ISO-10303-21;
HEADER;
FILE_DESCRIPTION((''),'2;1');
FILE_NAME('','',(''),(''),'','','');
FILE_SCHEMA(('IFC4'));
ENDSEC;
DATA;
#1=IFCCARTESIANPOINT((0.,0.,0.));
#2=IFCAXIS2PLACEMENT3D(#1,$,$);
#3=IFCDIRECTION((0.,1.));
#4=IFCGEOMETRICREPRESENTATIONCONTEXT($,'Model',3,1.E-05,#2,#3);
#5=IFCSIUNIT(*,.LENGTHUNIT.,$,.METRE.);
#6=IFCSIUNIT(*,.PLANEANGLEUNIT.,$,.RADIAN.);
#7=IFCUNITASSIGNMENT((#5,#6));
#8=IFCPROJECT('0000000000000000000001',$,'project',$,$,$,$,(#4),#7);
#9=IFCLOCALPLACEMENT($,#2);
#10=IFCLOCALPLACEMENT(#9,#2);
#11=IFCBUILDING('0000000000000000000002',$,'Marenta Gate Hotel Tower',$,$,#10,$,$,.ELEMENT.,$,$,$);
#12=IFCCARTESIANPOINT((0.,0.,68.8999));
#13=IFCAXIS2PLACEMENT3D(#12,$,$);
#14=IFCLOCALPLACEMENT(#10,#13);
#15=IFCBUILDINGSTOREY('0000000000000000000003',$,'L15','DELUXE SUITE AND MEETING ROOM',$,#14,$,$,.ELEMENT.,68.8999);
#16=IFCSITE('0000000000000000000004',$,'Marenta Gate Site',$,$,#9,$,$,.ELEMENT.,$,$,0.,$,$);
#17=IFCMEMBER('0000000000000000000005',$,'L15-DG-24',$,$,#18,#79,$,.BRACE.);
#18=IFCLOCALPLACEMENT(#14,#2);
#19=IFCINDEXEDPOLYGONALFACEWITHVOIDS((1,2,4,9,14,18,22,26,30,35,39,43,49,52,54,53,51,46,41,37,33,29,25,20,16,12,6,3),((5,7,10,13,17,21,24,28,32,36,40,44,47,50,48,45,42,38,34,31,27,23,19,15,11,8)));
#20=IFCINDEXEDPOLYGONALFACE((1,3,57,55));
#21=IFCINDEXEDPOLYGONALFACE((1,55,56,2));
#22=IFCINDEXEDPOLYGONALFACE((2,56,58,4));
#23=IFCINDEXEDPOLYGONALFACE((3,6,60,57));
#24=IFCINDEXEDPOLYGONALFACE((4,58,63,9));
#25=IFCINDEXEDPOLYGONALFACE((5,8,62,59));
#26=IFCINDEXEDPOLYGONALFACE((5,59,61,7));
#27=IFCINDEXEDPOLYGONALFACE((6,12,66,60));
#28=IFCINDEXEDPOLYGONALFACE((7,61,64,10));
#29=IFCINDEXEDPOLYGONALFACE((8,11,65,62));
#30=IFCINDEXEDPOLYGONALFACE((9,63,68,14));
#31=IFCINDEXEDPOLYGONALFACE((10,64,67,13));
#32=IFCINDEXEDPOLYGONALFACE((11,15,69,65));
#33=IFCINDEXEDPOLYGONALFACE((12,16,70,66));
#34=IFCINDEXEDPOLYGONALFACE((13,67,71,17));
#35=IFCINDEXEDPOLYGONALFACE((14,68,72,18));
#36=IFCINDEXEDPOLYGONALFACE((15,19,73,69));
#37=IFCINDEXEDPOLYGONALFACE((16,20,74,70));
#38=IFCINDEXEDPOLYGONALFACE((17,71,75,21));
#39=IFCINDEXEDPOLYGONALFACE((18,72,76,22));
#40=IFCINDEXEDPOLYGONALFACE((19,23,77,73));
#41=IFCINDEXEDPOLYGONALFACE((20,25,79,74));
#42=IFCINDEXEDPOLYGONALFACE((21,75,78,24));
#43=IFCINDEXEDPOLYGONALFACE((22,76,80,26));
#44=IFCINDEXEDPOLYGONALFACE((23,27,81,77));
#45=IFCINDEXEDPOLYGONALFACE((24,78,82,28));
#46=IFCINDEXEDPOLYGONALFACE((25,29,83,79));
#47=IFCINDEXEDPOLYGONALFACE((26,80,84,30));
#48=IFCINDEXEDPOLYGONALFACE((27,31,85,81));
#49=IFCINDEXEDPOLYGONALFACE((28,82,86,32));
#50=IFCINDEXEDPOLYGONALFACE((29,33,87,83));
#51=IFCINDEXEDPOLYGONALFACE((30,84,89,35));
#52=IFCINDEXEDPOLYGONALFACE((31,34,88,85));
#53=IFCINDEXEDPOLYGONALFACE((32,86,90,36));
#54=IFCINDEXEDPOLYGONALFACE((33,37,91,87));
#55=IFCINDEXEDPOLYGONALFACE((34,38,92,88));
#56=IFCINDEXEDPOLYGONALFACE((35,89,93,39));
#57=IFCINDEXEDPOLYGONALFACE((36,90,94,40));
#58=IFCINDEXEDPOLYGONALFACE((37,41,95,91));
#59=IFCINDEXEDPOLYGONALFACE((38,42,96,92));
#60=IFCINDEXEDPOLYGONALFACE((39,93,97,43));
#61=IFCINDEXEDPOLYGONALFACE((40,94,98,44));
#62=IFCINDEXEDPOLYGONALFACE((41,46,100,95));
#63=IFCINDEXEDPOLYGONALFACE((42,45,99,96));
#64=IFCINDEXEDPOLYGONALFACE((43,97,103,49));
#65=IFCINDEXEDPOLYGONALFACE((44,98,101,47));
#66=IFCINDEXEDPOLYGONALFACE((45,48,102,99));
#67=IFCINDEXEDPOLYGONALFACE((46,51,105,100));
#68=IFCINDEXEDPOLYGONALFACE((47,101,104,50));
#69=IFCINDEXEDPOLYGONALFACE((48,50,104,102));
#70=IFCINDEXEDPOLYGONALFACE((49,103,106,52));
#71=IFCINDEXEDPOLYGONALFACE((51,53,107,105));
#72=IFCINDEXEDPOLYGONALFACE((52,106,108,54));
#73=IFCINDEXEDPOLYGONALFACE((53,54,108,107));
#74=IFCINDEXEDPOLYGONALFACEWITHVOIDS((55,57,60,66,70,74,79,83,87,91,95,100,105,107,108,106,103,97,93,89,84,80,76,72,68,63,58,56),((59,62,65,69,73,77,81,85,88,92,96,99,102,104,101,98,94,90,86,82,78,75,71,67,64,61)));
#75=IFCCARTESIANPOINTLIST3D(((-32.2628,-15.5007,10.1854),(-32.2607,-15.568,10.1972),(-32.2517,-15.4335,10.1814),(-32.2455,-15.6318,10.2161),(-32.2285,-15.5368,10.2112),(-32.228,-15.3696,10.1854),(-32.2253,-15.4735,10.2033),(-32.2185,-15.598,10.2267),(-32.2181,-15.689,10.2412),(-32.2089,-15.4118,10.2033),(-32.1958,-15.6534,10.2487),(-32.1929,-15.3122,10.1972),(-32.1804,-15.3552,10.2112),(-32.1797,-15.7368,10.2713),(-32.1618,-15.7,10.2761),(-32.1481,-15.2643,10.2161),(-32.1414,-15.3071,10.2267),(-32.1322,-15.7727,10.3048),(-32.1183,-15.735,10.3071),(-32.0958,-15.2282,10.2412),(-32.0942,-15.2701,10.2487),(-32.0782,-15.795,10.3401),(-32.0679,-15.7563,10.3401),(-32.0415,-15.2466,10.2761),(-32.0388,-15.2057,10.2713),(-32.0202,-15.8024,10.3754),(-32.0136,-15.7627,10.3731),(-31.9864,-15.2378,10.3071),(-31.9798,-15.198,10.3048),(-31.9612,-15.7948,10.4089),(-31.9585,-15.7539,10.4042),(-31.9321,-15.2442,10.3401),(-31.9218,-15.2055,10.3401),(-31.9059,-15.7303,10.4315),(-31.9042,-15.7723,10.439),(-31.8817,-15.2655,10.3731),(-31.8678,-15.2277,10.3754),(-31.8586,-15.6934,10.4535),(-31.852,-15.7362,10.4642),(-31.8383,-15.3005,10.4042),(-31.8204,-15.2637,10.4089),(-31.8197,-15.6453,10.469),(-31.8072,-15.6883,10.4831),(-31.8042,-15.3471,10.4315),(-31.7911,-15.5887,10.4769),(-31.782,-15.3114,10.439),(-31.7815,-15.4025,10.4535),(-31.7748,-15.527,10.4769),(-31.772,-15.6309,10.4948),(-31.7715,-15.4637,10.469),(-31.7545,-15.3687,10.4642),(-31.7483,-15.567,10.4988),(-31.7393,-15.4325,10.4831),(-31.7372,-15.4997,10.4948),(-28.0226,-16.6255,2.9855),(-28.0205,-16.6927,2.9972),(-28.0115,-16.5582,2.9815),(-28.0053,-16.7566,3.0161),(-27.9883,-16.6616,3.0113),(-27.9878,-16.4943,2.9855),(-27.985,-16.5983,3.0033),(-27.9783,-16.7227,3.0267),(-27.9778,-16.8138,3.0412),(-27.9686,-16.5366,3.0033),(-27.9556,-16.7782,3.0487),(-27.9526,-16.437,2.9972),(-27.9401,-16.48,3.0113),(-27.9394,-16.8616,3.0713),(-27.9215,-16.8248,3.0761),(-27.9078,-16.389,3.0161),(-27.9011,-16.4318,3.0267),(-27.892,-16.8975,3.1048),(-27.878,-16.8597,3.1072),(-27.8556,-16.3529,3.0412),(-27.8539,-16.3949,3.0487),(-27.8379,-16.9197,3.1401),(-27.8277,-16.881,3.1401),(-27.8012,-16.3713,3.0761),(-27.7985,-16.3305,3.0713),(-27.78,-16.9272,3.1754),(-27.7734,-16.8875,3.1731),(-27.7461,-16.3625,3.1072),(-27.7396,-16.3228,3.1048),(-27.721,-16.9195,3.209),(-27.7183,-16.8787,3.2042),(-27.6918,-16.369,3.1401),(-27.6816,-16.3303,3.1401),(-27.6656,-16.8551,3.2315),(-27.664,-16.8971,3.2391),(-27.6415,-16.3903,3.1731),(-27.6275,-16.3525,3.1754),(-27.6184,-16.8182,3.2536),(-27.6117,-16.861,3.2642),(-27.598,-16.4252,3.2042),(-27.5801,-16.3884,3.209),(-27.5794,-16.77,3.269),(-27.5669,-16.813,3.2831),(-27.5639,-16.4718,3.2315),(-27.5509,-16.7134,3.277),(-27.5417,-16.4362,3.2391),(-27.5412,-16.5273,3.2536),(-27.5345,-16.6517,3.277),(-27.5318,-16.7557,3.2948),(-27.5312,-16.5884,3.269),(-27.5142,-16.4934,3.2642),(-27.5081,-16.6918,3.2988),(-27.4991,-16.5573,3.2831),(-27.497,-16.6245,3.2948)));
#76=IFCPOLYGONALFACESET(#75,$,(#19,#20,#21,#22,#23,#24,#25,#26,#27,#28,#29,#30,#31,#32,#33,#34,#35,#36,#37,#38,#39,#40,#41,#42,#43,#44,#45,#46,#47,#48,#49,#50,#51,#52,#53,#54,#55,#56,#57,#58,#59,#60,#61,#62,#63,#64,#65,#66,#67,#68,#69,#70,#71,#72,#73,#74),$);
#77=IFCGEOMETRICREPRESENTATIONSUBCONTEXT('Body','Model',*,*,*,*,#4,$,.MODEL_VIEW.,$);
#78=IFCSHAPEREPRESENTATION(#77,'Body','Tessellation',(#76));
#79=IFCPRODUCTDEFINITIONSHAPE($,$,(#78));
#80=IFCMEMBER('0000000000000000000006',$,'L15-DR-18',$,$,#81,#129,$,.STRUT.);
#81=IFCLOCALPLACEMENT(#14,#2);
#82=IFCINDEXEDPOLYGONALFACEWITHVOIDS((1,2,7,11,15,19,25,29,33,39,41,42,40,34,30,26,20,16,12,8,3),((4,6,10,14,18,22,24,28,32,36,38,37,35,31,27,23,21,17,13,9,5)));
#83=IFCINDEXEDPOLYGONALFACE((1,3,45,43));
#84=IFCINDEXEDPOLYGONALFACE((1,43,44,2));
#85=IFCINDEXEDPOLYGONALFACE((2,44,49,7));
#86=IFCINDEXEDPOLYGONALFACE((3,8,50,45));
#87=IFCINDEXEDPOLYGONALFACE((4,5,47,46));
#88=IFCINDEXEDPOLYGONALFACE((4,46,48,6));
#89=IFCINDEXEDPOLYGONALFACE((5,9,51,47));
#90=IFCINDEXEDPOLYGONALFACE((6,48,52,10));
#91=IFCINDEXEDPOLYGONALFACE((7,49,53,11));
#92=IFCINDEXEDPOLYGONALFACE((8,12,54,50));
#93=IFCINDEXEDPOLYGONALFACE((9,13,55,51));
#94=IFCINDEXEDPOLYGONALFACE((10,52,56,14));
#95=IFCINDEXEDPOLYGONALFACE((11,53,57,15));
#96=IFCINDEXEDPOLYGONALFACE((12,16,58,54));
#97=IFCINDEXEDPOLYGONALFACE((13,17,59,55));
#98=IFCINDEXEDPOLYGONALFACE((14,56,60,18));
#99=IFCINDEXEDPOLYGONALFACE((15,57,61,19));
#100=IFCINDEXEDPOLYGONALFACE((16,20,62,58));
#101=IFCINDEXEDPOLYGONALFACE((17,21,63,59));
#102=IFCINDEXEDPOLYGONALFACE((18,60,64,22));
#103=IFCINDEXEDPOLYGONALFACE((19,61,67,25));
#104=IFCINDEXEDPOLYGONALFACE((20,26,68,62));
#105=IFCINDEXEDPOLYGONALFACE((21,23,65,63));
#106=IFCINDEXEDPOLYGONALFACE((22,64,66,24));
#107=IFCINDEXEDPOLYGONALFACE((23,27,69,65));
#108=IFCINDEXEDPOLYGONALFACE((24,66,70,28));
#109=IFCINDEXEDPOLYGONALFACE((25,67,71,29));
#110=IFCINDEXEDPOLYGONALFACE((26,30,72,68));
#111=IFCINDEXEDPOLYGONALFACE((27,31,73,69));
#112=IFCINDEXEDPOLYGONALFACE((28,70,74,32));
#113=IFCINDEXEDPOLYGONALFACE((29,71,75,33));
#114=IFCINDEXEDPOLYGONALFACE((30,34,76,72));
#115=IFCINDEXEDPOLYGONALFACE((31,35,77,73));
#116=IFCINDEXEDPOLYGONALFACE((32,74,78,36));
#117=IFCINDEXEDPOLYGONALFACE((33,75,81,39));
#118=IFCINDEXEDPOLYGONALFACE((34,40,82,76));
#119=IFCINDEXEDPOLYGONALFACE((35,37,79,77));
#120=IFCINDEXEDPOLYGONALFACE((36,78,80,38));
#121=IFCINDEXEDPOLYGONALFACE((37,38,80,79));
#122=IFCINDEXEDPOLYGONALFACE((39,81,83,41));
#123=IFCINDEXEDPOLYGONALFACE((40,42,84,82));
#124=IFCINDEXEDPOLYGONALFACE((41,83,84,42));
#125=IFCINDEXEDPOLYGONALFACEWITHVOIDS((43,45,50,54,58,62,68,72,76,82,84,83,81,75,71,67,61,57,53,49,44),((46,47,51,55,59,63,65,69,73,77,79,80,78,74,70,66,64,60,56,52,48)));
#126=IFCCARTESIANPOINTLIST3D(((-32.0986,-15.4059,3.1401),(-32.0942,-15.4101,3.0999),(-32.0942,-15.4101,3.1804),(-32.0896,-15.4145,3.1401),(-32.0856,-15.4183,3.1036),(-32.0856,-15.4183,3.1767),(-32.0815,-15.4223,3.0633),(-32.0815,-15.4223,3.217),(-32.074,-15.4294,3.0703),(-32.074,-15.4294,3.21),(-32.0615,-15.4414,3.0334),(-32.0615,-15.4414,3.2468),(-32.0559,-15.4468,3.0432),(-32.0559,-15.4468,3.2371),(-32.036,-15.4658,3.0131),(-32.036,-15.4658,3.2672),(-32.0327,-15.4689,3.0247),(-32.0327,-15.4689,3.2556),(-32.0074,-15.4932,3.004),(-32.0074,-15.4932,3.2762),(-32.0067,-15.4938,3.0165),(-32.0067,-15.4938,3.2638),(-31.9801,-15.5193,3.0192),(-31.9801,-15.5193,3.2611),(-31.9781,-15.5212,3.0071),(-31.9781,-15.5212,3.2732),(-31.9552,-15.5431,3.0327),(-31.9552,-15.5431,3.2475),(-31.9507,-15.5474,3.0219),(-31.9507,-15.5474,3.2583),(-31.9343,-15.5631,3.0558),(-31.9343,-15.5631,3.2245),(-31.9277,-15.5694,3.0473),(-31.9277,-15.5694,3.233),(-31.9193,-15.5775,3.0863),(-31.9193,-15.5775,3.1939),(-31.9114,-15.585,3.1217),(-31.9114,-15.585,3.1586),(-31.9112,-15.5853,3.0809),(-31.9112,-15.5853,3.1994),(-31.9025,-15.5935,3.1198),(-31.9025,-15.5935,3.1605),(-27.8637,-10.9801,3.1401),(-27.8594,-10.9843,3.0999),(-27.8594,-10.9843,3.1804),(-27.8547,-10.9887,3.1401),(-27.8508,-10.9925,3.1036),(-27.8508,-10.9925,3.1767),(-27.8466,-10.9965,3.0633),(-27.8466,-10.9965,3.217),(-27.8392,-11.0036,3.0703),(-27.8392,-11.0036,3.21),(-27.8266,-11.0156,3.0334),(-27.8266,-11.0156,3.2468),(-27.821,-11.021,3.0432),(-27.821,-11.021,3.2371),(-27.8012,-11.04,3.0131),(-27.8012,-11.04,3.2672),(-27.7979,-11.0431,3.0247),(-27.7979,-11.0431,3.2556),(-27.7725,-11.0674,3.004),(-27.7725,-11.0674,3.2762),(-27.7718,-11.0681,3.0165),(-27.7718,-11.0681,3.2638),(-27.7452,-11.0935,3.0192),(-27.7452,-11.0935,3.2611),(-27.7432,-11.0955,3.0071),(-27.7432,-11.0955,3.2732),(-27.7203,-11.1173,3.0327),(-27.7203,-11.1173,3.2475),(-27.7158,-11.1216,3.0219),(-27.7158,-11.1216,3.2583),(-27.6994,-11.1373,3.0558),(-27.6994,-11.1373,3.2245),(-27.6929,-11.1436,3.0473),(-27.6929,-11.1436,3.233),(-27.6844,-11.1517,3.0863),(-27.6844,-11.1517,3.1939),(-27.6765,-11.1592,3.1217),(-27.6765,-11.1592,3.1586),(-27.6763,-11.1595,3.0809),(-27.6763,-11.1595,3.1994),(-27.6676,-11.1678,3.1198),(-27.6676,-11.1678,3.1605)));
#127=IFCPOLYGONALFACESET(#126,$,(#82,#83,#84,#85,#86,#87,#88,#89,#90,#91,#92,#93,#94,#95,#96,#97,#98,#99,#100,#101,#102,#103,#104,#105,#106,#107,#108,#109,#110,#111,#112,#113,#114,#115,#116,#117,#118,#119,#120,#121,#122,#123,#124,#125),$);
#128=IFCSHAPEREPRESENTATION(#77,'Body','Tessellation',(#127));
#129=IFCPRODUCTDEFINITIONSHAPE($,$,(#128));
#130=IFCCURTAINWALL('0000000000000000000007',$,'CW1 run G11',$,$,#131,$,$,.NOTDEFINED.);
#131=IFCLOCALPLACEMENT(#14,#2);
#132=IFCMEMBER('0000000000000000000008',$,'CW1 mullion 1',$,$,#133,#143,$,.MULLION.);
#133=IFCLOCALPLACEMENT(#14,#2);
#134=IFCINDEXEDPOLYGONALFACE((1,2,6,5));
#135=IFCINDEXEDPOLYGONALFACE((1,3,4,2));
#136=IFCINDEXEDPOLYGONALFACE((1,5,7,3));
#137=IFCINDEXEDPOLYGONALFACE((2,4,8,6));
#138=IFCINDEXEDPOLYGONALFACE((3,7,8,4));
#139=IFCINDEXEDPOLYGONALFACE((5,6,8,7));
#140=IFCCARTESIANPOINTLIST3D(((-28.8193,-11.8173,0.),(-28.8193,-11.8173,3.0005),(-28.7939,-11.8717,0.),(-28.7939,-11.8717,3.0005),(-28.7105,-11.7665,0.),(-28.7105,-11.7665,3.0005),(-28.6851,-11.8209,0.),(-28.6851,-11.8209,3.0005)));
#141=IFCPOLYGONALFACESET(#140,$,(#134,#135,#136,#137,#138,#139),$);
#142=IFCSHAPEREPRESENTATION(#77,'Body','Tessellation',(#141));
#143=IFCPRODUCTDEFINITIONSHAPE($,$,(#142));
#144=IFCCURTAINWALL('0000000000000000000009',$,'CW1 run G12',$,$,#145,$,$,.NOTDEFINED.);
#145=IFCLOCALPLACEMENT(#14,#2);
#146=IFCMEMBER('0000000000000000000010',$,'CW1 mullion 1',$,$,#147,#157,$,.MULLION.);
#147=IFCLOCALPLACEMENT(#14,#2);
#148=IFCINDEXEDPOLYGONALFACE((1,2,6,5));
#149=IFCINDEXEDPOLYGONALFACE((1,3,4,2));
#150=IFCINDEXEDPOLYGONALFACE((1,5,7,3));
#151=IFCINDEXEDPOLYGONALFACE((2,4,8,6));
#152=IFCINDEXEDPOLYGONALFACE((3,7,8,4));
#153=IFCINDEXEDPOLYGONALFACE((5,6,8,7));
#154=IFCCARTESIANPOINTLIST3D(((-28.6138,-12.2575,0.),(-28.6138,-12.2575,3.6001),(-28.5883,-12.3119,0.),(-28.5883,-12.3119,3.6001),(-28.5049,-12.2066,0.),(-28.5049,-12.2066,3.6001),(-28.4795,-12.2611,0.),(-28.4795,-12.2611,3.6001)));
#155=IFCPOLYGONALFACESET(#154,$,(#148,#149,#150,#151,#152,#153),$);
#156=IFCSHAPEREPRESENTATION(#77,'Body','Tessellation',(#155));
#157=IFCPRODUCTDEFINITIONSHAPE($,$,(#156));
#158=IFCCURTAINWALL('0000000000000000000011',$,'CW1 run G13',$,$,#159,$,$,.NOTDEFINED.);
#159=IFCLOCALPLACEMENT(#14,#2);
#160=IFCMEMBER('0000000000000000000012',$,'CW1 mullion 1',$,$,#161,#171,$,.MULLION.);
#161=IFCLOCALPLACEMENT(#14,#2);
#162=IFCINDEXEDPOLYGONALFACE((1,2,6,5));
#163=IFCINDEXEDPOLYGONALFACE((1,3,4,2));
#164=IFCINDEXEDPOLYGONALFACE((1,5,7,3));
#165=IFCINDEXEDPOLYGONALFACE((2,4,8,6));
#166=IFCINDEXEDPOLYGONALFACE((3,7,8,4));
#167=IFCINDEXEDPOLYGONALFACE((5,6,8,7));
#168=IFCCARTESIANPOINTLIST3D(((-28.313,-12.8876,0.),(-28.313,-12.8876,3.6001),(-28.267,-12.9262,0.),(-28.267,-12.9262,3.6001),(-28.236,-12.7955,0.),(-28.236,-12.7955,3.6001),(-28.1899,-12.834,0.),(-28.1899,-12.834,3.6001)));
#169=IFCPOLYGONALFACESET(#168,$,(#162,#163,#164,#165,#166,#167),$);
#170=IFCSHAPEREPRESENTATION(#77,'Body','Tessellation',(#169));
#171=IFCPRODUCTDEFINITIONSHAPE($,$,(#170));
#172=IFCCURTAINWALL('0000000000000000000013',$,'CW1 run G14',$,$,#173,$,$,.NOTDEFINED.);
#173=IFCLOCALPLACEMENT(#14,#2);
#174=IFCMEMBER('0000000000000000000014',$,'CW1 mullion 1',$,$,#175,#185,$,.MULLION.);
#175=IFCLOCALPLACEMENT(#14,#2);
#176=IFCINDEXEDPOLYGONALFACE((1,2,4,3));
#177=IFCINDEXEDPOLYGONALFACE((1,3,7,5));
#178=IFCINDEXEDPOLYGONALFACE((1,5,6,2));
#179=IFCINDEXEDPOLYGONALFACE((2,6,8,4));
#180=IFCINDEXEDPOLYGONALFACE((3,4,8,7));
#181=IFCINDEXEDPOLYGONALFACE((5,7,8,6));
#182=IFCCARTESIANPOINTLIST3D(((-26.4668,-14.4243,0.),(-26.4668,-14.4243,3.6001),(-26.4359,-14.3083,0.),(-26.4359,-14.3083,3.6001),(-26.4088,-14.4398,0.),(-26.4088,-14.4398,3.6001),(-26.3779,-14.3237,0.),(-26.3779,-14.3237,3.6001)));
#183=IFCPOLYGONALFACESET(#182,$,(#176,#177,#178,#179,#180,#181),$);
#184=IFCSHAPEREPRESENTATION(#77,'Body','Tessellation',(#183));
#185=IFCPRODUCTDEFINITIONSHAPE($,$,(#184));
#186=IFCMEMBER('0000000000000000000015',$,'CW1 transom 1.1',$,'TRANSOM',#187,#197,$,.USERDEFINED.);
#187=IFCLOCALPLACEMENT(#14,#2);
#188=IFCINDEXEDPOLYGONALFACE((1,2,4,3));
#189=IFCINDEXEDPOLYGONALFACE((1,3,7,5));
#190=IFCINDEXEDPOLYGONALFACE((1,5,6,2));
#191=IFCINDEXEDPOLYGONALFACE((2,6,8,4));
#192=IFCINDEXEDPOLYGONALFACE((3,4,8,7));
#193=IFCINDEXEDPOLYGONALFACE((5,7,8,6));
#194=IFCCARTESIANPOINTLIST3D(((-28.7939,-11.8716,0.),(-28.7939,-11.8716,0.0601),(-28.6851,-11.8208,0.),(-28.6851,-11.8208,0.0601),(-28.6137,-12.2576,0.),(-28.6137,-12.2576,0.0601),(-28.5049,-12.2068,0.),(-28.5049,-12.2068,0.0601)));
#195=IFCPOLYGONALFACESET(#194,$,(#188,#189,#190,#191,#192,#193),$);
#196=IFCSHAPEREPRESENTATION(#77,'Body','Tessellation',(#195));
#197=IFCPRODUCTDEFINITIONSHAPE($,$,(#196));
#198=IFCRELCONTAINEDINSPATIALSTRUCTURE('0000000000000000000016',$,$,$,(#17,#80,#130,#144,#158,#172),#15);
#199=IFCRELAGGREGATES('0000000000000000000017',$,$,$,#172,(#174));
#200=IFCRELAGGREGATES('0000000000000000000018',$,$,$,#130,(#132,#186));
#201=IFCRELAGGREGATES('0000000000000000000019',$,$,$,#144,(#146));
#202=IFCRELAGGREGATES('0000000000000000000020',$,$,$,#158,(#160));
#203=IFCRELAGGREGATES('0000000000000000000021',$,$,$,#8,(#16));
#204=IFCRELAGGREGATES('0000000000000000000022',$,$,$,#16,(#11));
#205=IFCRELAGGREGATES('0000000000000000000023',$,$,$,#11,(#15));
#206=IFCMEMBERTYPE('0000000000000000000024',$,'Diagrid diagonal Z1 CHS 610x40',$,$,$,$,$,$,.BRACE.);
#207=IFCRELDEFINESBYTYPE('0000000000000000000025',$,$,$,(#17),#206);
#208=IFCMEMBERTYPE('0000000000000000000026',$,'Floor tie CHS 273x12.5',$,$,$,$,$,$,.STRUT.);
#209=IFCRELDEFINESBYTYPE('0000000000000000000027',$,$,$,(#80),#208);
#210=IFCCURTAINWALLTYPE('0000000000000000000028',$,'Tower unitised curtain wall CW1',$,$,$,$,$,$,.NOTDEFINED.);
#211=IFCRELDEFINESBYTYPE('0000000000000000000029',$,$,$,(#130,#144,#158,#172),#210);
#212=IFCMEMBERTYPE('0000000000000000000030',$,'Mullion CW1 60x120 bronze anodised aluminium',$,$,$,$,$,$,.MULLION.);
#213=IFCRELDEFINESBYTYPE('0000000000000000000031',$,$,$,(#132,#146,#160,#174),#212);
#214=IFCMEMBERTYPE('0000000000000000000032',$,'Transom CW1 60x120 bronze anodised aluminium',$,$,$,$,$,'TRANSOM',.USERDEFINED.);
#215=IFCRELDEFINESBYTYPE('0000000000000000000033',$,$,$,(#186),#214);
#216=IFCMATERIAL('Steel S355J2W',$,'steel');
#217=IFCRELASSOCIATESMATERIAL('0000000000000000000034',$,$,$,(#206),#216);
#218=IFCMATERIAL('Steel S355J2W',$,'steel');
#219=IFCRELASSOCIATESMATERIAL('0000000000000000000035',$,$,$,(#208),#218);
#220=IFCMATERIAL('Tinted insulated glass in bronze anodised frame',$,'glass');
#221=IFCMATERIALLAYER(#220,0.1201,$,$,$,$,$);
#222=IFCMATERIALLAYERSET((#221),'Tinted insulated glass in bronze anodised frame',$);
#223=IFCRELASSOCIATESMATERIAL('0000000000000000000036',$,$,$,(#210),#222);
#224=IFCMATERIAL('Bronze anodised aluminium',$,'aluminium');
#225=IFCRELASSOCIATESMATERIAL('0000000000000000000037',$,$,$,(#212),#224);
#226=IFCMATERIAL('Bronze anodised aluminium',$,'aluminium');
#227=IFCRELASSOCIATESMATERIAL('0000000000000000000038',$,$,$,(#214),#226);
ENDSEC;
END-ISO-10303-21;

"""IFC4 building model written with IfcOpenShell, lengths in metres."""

from ifc_helpers import new_model, si_unit, direction, frame, origin, origin_2d, place, context, subcontext, project, spatial, rectangle, hollow_circle, extrude, material, layer, layer_set, material_profile, profile_set, type_object, element, aggregate, save


model = new_model("IFC4")

# Units and contexts
model_context = context("Model", 3, precision=1e-05, world=origin(), true_north=direction((0.0, 1.0)))
body_context = subcontext(model_context, "Body", "Model", "MODEL_VIEW")
ifc_project = project(units=[si_unit("LENGTHUNIT", "METRE"), si_unit("PLANEANGLEUNIT", "RADIAN")], contexts=[model_context])

# Site, building, storey
site_placement = place(None, origin())
site = spatial("IfcSite", under=ifc_project, at=site_placement, Name="Marenta Gate Site", CompositionType="ELEMENT", RefElevation=0.0)
building_placement = place(site_placement, origin())
building = spatial("IfcBuilding", under=site, at=building_placement, Name="Marenta Gate Hotel Tower", CompositionType="ELEMENT")
storey_placement = place(building_placement, frame((0.0, 0.0, 68.8999)))
storey = spatial("IfcBuildingStorey", under=building, at=storey_placement, Name="L15", Description="DELUXE SUITE AND MEETING ROOM", CompositionType="ELEMENT", Elevation=68.8999)

# Members
ifc_material_1 = material(Name="Steel S355J2W", Category="steel")
ifc_material_profile_1 = material_profile(ifc_material_1, hollow_circle(Radius=0.3049, WallThickness=0.04, at=origin_2d()), Name="CHS 610x40")
ifc_profile_set_1 = profile_set([ifc_material_profile_1], Name="Steel S355J2W")
member_type_1 = type_object("IfcMemberType", Name="Diagrid diagonal Z1 CHS 610x40", PredefinedType="BRACE", material=ifc_profile_set_1)
for number, where, z_axis, x_axis, name in (
    (1, (-27.7598, -16.625, 3.1401), (-0.502926, 0.133405, 0.853972), (-0.256391, -0.966573, 0.0), "L15-DG-24"),
):
    element("IfcMember", number, at=place(storey_placement, frame(where, z_axis=z_axis, x_axis=x_axis)), inside=storey, type_object=member_type_1, Name=name, PredefinedType="BRACE", context=body_context, shape_type="SweptSolid", body=[
        extrude(hollow_circle(Radius=0.3049, WallThickness=0.04, at=origin_2d()), origin(), (0.0, 0.0, 1.0), 8.4312),
    ])
ifc_material_2 = material(Name="Steel S355J2W", Category="steel")
ifc_material_profile_2 = material_profile(ifc_material_2, hollow_circle(Radius=0.1365, WallThickness=0.0125, at=origin_2d()), Name="CHS 273x12.5")
ifc_profile_set_2 = profile_set([ifc_material_profile_2], Name="Steel S355J2W")
member_type_2 = type_object("IfcMemberType", Name="Floor tie CHS 273x12.5", PredefinedType="STRUT", material=ifc_profile_set_2)
member_1_placement = place(storey_placement, frame((-32.0, -15.5002, 3.1401), z_axis=(0.691351, 0.722519, 0.0), x_axis=(-0.722519, 0.691351, 0.0)))
element("IfcMember", 2, at=member_1_placement, inside=storey, type_object=member_type_2, Name="L15-DR-18", PredefinedType="STRUT", context=body_context, shape_type="SweptSolid", body=[
    extrude(hollow_circle(Radius=0.1365, WallThickness=0.0125, at=origin_2d()), origin(), (0.0, 0.0, 1.0), 6.1255),
])

# Curtain walls, members
ifc_material_3 = material(Name="Tinted insulated glass in bronze anodised frame", Category="glass")
ifc_layer_1 = layer(ifc_material_3, 0.1201)
ifc_layer_set_1 = layer_set([ifc_layer_1], Name="Tinted insulated glass in bronze anodised frame")
curtain_wall_type = type_object("IfcCurtainWallType", Name="Tower unitised curtain wall CW1", PredefinedType="NOTDEFINED", material=ifc_layer_set_1)
curtain_wall_1_placement = place(storey_placement, origin())
curtain_wall_1 = element("IfcCurtainWall", 3, at=curtain_wall_1_placement, inside=storey, type_object=curtain_wall_type, Name="CW1 run G11", PredefinedType="NOTDEFINED")
ifc_material_4 = material(Name="Bronze anodised aluminium", Category="aluminium")
ifc_material_profile_3 = material_profile(ifc_material_4, rectangle(XDim=0.1201, YDim=0.0601, at=origin_2d()), Name="Mullion CW1 60x120 bronze anodised aluminium")
ifc_profile_set_3 = profile_set([ifc_material_profile_3], Name="Bronze anodised aluminium")
member_type_3 = type_object("IfcMemberType", Name="Mullion CW1 60x120 bronze anodised aluminium", PredefinedType="MULLION", material=ifc_profile_set_3)
member_2_placement = place(storey_placement, frame((-28.7522, -11.8191, 0.0), z_axis=(0.0, 0.0, 1.0), x_axis=(0.906004, 0.423268, 0.0)))
member_2 = element("IfcMember", 4, at=member_2_placement, type_object=member_type_3, Name="CW1 mullion 1", PredefinedType="MULLION", context=body_context, shape_type="SweptSolid", body=[
    extrude(rectangle(XDim=0.1201, YDim=0.0601, at=origin_2d()), origin(), (0.0, 0.0, 1.0), 3.0005),
])
curtain_wall_2_placement = place(storey_placement, origin())
curtain_wall_2 = element("IfcCurtainWall", 5, at=curtain_wall_2_placement, inside=storey, type_object=curtain_wall_type, Name="CW1 run G12", PredefinedType="NOTDEFINED")
member_3_placement = place(storey_placement, frame((-28.5466, -12.2593, 0.0), z_axis=(0.0, 0.0, 1.0), x_axis=(0.905944, 0.423398, 0.0)))
member_3 = element("IfcMember", 6, at=member_3_placement, type_object=member_type_3, Name="CW1 mullion 1", PredefinedType="MULLION", context=body_context, shape_type="SweptSolid", body=[
    extrude(rectangle(XDim=0.1201, YDim=0.0601, at=origin_2d()), origin(), (0.0, 0.0, 1.0), 3.6001),
])
curtain_wall_3_placement = place(storey_placement, origin())
curtain_wall_3 = element("IfcCurtainWall", 7, at=curtain_wall_3_placement, inside=storey, type_object=curtain_wall_type, Name="CW1 run G13", PredefinedType="NOTDEFINED")
member_4_placement = place(storey_placement, frame((-28.2515, -12.8608, 0.0), z_axis=(0.0, 0.0, 1.0), x_axis=(0.641512, 0.767113, 0.0)))
member_4 = element("IfcMember", 8, at=member_4_placement, type_object=member_type_3, Name="CW1 mullion 1", PredefinedType="MULLION", context=body_context, shape_type="SweptSolid", body=[
    extrude(rectangle(XDim=0.1201, YDim=0.0601, at=origin_2d()), origin(), (0.0, 0.0, 1.0), 3.6001),
])
curtain_wall_4_placement = place(storey_placement, origin())
curtain_wall_4 = element("IfcCurtainWall", 9, at=curtain_wall_4_placement, inside=storey, type_object=curtain_wall_type, Name="CW1 run G14", PredefinedType="NOTDEFINED")
member_5_placement = place(storey_placement, frame((-26.4224, -14.374, 0.0), z_axis=(0.0, 0.0, 1.0), x_axis=(0.257144, 0.966373, 0.0)))
member_5 = element("IfcMember", 10, at=member_5_placement, type_object=member_type_3, Name="CW1 mullion 1", PredefinedType="MULLION", context=body_context, shape_type="SweptSolid", body=[
    extrude(rectangle(XDim=0.1201, YDim=0.0601, at=origin_2d()), origin(), (0.0, 0.0, 1.0), 3.6001),
])

# Member
ifc_material_5 = material(Name="Bronze anodised aluminium", Category="aluminium")
ifc_material_profile_4 = material_profile(ifc_material_5, rectangle(XDim=0.1201, YDim=0.0601, at=origin_2d()), Name="Transom CW1 60x120 bronze anodised aluminium")
ifc_profile_set_4 = profile_set([ifc_material_profile_4], Name="Bronze anodised aluminium")
member_type_4 = type_object("IfcMemberType", Name="Transom CW1 60x120 bronze anodised aluminium", ElementType="TRANSOM", PredefinedType="USERDEFINED", material=ifc_profile_set_4)
member_6_placement = place(storey_placement, frame((-28.7395, -11.8462, 0.03), z_axis=(0.42298, -0.906139, 0.0), x_axis=(0.906139, 0.42298, 0.0)))
member_6 = element("IfcMember", 11, at=member_6_placement, type_object=member_type_4, Name="CW1 transom 1.1", ObjectType="TRANSOM", PredefinedType="USERDEFINED", context=body_context, shape_type="SweptSolid", body=[
    extrude(rectangle(XDim=0.1201, YDim=0.0601, at=origin_2d()), origin(), (0.0, 0.0, 1.0), 0.426),
])
aggregate(curtain_wall_4, [member_5])

aggregate(curtain_wall_1, [member_2, member_6])
aggregate(curtain_wall_2, [member_3])
aggregate(curtain_wall_3, [member_4])

save(model, "model.ifc")
